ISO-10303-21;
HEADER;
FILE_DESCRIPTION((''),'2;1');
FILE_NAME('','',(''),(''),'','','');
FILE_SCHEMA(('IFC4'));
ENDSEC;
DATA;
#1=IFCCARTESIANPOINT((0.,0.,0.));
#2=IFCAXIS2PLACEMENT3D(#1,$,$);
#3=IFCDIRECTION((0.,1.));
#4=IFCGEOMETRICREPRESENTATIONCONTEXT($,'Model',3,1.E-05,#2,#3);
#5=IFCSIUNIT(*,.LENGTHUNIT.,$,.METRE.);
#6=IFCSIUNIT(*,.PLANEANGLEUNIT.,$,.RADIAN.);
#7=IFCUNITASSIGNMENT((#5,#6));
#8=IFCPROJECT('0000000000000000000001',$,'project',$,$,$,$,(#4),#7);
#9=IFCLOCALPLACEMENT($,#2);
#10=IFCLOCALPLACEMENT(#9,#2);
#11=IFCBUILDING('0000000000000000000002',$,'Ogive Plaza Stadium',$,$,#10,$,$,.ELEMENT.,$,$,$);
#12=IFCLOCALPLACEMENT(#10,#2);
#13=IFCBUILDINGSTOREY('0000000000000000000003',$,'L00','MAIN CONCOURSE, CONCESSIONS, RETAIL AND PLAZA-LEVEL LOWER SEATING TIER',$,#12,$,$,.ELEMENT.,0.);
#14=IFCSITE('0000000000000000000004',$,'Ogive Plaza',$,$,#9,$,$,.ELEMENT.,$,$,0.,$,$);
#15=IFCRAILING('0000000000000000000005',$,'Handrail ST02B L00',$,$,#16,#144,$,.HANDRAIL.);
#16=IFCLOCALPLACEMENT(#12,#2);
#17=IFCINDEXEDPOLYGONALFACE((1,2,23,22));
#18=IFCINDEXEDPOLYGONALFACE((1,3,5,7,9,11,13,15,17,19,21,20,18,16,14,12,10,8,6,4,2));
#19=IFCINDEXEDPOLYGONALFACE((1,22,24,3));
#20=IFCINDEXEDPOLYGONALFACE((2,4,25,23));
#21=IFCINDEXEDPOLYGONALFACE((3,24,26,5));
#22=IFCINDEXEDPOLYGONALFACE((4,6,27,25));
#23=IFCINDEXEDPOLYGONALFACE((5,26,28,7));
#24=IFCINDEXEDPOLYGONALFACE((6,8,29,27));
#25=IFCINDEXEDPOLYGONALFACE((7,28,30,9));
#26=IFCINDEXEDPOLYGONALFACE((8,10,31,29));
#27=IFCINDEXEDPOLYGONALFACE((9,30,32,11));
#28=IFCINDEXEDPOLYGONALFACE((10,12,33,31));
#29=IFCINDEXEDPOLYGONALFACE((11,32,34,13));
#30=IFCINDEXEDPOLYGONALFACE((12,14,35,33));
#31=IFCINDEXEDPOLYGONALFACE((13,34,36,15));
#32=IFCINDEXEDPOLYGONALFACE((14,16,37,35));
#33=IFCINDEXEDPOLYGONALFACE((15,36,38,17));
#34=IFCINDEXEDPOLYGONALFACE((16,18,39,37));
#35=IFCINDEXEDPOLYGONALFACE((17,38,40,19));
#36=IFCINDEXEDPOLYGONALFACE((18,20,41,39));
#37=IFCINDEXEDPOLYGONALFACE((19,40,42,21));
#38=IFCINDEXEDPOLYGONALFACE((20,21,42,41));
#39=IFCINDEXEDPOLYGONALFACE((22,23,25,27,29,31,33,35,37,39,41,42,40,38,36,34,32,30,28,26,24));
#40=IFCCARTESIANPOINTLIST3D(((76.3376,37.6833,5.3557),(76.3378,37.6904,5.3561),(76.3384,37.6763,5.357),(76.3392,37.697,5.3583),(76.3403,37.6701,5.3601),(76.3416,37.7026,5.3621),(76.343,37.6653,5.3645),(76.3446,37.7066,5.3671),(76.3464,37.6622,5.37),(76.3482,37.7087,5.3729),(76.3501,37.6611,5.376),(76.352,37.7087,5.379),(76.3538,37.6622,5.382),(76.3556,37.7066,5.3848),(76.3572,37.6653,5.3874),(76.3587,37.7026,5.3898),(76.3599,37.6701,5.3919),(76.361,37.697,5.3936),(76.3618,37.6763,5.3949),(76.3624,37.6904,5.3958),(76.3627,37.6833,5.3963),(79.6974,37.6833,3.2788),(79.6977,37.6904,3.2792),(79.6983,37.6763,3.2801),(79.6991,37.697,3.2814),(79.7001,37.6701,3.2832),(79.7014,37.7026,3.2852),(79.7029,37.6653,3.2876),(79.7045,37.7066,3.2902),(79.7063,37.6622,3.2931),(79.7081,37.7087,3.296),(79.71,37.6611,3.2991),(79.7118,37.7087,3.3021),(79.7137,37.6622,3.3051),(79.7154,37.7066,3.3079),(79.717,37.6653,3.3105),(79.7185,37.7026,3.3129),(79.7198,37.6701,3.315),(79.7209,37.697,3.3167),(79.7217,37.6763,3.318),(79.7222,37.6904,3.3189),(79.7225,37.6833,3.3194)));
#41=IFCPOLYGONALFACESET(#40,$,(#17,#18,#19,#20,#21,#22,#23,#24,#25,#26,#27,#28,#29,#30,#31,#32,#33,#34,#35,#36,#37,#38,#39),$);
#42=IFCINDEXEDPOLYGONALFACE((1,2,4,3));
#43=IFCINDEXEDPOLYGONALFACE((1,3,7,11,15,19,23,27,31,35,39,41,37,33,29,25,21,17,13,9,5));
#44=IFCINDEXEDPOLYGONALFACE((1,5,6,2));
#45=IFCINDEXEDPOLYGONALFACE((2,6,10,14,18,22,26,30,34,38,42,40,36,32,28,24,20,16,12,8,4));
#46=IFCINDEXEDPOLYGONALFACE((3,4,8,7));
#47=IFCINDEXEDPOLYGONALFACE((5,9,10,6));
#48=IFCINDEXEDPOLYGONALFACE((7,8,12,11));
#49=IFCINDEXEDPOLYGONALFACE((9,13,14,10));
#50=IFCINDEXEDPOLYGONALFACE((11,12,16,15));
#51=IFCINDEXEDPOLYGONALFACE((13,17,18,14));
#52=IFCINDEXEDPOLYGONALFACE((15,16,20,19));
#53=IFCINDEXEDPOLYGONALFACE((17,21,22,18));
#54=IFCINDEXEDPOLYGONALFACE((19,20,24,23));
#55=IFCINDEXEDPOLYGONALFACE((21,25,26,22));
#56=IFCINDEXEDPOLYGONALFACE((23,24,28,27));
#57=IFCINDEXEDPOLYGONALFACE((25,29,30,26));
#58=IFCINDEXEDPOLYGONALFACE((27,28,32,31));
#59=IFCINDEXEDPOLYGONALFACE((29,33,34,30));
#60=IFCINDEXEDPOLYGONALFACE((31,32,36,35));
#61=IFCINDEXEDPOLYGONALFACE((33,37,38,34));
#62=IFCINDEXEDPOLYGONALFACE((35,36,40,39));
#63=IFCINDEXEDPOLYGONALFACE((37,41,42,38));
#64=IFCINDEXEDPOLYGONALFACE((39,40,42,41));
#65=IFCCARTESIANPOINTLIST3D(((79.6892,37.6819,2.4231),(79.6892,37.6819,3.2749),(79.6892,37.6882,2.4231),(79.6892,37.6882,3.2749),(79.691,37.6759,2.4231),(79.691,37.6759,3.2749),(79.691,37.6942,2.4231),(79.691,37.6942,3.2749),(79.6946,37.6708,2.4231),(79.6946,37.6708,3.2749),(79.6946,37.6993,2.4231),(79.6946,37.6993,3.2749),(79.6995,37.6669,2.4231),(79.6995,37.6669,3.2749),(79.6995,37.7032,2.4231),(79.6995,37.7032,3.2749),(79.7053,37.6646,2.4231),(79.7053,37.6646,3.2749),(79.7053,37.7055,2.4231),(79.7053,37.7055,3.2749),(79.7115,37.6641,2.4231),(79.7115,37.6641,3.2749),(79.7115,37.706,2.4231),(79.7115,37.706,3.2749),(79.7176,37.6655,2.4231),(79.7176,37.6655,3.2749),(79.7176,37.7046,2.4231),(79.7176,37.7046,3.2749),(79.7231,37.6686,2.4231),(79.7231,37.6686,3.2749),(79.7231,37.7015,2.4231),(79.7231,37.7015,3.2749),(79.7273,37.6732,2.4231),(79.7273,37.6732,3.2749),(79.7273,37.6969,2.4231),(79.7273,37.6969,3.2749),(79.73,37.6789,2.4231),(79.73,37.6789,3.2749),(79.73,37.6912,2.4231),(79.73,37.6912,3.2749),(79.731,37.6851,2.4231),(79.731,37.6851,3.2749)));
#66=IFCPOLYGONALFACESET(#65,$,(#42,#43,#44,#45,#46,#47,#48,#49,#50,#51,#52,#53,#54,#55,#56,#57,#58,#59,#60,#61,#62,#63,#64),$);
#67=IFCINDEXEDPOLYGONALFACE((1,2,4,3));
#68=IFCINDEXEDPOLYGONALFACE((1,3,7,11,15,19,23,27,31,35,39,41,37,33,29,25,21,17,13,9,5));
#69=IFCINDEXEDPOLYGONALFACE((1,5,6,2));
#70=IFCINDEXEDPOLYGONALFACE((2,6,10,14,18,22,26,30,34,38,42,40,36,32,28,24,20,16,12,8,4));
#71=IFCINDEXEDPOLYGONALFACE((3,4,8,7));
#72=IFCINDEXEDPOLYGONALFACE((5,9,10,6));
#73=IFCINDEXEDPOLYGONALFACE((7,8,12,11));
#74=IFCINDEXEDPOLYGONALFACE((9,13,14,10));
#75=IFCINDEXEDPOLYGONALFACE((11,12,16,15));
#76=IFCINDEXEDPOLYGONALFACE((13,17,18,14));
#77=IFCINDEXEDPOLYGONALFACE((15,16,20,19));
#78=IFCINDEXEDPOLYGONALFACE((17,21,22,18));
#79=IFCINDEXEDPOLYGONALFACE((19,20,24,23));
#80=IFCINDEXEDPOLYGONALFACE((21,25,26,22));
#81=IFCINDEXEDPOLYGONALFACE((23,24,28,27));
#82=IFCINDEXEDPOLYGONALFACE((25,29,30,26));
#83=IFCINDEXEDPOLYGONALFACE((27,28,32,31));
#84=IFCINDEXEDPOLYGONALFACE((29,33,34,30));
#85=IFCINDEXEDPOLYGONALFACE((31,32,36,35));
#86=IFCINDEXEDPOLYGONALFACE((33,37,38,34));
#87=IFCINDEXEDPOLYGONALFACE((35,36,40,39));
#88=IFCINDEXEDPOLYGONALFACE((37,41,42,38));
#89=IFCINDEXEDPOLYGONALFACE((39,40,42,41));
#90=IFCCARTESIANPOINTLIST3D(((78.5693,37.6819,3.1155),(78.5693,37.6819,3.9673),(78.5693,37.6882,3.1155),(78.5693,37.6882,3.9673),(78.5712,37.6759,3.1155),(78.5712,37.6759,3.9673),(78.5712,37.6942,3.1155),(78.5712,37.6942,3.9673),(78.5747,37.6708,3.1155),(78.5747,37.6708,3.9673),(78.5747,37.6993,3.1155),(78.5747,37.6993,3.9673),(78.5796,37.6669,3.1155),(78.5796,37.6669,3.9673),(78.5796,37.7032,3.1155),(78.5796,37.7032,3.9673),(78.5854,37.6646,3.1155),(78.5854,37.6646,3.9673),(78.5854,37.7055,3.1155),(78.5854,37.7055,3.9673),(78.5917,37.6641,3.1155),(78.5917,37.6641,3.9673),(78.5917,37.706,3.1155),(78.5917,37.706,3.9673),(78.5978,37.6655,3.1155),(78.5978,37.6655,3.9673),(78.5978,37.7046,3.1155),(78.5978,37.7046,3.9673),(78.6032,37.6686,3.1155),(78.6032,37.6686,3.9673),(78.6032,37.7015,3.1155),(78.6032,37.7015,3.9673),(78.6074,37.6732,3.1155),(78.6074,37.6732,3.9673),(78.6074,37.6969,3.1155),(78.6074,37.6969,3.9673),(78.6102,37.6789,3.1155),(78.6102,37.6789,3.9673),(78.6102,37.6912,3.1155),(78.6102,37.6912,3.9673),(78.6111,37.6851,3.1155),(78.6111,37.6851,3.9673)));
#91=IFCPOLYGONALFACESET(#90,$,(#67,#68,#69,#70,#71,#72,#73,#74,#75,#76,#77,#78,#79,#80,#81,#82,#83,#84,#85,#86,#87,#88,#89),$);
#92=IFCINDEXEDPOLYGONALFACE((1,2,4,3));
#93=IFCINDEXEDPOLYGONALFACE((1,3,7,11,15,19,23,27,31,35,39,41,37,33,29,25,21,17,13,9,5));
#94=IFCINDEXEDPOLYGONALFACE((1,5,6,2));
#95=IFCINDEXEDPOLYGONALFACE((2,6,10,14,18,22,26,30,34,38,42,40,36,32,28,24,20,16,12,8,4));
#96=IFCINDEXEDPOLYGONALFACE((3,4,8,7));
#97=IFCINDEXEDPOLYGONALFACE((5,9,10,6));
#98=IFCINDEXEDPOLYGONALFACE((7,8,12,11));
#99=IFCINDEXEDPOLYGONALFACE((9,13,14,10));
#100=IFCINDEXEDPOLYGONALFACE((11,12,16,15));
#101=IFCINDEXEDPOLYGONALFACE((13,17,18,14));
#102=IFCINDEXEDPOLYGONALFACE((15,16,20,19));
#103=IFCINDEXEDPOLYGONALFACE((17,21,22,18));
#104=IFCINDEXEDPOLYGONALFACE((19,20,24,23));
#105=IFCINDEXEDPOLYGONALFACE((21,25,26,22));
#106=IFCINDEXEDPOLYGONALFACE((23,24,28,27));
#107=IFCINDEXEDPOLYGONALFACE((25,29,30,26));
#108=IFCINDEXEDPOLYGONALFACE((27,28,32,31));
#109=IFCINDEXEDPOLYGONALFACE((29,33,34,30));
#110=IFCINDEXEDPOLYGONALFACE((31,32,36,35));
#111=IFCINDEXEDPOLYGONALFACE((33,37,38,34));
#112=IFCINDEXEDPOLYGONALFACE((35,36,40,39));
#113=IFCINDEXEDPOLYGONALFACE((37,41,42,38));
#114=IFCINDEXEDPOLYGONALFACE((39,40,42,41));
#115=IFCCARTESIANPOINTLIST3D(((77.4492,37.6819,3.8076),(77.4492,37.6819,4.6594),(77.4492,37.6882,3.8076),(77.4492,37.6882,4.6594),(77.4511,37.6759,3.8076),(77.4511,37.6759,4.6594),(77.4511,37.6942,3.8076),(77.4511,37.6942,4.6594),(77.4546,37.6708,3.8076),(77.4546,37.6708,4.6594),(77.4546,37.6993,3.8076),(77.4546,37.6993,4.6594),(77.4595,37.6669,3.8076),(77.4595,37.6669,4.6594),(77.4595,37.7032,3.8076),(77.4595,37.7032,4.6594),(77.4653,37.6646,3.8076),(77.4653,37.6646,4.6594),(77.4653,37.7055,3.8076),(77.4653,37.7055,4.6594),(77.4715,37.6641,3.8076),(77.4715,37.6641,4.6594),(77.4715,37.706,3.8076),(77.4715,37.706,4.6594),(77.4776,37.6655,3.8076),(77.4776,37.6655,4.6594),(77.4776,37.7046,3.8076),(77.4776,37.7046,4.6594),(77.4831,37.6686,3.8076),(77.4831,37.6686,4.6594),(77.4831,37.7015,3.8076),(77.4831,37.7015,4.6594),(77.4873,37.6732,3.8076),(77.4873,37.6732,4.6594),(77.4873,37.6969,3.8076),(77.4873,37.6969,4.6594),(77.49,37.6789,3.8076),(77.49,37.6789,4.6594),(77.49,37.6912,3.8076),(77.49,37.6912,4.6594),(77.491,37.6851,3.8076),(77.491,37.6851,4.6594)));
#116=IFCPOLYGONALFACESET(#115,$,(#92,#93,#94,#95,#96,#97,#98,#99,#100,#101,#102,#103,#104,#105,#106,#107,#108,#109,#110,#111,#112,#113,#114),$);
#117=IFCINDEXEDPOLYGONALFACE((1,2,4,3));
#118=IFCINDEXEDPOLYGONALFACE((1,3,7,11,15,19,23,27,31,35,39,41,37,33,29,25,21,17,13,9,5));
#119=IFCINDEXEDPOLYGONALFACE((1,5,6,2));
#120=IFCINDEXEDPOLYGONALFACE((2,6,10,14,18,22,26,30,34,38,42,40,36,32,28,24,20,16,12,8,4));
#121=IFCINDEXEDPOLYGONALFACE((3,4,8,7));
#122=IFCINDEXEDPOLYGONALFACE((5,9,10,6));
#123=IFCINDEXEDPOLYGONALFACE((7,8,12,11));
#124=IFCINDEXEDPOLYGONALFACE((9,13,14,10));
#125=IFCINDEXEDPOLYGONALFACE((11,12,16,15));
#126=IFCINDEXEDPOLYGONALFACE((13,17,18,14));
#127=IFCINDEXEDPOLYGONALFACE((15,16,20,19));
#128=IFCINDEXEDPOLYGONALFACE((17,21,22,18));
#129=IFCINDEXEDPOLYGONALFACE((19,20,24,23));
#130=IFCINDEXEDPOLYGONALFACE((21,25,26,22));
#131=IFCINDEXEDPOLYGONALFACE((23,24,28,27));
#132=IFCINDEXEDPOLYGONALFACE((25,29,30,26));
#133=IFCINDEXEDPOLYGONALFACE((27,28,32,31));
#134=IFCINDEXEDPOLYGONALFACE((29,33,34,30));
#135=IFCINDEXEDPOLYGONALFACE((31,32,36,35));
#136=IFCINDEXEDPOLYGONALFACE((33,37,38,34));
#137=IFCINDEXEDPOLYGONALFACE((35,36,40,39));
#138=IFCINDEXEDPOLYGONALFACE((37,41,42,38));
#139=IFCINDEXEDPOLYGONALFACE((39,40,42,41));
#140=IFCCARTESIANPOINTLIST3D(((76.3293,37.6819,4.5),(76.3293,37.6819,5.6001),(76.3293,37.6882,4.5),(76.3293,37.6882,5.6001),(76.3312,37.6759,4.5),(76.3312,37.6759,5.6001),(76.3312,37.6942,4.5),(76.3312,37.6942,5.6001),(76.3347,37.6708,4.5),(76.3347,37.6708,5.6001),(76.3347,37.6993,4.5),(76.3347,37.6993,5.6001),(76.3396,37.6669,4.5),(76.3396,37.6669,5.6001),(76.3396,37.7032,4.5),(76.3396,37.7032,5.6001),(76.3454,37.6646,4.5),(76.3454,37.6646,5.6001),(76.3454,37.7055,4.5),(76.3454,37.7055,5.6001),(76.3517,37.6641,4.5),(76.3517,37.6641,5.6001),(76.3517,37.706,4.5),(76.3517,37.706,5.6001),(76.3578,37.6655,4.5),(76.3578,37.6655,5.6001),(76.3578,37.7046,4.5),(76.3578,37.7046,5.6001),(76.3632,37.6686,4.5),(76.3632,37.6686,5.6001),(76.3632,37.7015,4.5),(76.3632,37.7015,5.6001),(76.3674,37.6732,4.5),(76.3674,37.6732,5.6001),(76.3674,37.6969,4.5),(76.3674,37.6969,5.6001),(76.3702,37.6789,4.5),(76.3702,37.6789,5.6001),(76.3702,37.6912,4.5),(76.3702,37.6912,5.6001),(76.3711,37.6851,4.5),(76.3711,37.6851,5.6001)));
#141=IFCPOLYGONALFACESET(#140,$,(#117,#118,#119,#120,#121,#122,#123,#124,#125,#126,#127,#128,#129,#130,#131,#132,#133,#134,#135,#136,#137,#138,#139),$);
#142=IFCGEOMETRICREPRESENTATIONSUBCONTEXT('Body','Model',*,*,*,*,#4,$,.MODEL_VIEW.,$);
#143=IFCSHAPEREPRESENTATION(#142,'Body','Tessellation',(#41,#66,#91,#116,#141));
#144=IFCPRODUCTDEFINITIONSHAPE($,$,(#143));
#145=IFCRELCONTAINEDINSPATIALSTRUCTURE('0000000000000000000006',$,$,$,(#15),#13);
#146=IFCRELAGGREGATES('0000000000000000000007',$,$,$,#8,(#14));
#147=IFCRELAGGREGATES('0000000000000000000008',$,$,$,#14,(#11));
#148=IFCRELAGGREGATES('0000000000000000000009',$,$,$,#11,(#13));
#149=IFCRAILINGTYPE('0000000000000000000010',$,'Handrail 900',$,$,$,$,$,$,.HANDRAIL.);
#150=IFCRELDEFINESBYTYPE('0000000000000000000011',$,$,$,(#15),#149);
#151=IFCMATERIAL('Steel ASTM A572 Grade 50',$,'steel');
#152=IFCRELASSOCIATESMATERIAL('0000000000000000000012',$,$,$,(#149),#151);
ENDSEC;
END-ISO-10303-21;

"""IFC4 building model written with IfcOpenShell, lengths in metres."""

from ifc_helpers import new_model, si_unit, direction, frame, origin, origin_2d, place, context, subcontext, project, spatial, circle, extrude, material, type_object, element, save


model = new_model("IFC4")

# Units and contexts
model_context = context("Model", 3, precision=1e-05, world=origin(), true_north=direction((0.0, 1.0)))
body_context = subcontext(model_context, "Body", "Model", "MODEL_VIEW")
ifc_project = project(units=[si_unit("LENGTHUNIT", "METRE"), si_unit("PLANEANGLEUNIT", "RADIAN")], contexts=[model_context])

# Site, building, storey
site_placement = place(None, origin())
site = spatial("IfcSite", under=ifc_project, at=site_placement, Name="Ogive Plaza", CompositionType="ELEMENT", RefElevation=0.0)
building_placement = place(site_placement, origin())
building = spatial("IfcBuilding", under=site, at=building_placement, Name="Ogive Plaza Stadium", CompositionType="ELEMENT")
storey_placement = place(building_placement, origin())
storey = spatial("IfcBuildingStorey", under=building, at=storey_placement, Name="L00", Description="MAIN CONCOURSE, CONCESSIONS, RETAIL AND PLAZA-LEVEL LOWER SEATING TIER", CompositionType="ELEMENT", Elevation=0.0)

# Railing
ifc_material_1 = material(Name="Steel ASTM A572 Grade 50", Category="steel")
railing_type_1 = type_object("IfcRailingType", Name="Handrail 900", PredefinedType="HANDRAIL", material=ifc_material_1)
for number, where, name in (
    (1, (79.71, 37.6851, 2.4231), "Handrail ST02B L00"),
):
    element("IfcRailing", number, at=place(storey_placement, frame(where)), inside=storey, type_object=railing_type_1, Name=name, PredefinedType="HANDRAIL", context=body_context, shape_type="SweptSolid", body=[
        extrude(circle(Radius=0.0239, at=origin_2d()), frame((0.0, 0.0, 0.876), z_axis=(-0.850606, 0.0, 0.525803), x_axis=(0.0, -1.0, 0.0)), (0.0, 0.0, 1.0), 3.95),
        extrude(circle(Radius=0.021, at=origin_2d()), origin(), (0.0, 0.0, 1.0), 0.8518),
        extrude(circle(Radius=0.021, at=origin_2d()), frame((-1.1199, 0.0, 0.6924)), (0.0, 0.0, 1.0), 0.8518),
        extrude(circle(Radius=0.021, at=origin_2d()), frame((-2.24, 0.0, 1.3845)), (0.0, 0.0, 1.0), 0.8518),
        extrude(circle(Radius=0.021, at=origin_2d()), frame((-3.3599, 0.0, 2.0769)), (0.0, 0.0, 1.0), 1.1001),
    ])

save(model, "model.ifc")
